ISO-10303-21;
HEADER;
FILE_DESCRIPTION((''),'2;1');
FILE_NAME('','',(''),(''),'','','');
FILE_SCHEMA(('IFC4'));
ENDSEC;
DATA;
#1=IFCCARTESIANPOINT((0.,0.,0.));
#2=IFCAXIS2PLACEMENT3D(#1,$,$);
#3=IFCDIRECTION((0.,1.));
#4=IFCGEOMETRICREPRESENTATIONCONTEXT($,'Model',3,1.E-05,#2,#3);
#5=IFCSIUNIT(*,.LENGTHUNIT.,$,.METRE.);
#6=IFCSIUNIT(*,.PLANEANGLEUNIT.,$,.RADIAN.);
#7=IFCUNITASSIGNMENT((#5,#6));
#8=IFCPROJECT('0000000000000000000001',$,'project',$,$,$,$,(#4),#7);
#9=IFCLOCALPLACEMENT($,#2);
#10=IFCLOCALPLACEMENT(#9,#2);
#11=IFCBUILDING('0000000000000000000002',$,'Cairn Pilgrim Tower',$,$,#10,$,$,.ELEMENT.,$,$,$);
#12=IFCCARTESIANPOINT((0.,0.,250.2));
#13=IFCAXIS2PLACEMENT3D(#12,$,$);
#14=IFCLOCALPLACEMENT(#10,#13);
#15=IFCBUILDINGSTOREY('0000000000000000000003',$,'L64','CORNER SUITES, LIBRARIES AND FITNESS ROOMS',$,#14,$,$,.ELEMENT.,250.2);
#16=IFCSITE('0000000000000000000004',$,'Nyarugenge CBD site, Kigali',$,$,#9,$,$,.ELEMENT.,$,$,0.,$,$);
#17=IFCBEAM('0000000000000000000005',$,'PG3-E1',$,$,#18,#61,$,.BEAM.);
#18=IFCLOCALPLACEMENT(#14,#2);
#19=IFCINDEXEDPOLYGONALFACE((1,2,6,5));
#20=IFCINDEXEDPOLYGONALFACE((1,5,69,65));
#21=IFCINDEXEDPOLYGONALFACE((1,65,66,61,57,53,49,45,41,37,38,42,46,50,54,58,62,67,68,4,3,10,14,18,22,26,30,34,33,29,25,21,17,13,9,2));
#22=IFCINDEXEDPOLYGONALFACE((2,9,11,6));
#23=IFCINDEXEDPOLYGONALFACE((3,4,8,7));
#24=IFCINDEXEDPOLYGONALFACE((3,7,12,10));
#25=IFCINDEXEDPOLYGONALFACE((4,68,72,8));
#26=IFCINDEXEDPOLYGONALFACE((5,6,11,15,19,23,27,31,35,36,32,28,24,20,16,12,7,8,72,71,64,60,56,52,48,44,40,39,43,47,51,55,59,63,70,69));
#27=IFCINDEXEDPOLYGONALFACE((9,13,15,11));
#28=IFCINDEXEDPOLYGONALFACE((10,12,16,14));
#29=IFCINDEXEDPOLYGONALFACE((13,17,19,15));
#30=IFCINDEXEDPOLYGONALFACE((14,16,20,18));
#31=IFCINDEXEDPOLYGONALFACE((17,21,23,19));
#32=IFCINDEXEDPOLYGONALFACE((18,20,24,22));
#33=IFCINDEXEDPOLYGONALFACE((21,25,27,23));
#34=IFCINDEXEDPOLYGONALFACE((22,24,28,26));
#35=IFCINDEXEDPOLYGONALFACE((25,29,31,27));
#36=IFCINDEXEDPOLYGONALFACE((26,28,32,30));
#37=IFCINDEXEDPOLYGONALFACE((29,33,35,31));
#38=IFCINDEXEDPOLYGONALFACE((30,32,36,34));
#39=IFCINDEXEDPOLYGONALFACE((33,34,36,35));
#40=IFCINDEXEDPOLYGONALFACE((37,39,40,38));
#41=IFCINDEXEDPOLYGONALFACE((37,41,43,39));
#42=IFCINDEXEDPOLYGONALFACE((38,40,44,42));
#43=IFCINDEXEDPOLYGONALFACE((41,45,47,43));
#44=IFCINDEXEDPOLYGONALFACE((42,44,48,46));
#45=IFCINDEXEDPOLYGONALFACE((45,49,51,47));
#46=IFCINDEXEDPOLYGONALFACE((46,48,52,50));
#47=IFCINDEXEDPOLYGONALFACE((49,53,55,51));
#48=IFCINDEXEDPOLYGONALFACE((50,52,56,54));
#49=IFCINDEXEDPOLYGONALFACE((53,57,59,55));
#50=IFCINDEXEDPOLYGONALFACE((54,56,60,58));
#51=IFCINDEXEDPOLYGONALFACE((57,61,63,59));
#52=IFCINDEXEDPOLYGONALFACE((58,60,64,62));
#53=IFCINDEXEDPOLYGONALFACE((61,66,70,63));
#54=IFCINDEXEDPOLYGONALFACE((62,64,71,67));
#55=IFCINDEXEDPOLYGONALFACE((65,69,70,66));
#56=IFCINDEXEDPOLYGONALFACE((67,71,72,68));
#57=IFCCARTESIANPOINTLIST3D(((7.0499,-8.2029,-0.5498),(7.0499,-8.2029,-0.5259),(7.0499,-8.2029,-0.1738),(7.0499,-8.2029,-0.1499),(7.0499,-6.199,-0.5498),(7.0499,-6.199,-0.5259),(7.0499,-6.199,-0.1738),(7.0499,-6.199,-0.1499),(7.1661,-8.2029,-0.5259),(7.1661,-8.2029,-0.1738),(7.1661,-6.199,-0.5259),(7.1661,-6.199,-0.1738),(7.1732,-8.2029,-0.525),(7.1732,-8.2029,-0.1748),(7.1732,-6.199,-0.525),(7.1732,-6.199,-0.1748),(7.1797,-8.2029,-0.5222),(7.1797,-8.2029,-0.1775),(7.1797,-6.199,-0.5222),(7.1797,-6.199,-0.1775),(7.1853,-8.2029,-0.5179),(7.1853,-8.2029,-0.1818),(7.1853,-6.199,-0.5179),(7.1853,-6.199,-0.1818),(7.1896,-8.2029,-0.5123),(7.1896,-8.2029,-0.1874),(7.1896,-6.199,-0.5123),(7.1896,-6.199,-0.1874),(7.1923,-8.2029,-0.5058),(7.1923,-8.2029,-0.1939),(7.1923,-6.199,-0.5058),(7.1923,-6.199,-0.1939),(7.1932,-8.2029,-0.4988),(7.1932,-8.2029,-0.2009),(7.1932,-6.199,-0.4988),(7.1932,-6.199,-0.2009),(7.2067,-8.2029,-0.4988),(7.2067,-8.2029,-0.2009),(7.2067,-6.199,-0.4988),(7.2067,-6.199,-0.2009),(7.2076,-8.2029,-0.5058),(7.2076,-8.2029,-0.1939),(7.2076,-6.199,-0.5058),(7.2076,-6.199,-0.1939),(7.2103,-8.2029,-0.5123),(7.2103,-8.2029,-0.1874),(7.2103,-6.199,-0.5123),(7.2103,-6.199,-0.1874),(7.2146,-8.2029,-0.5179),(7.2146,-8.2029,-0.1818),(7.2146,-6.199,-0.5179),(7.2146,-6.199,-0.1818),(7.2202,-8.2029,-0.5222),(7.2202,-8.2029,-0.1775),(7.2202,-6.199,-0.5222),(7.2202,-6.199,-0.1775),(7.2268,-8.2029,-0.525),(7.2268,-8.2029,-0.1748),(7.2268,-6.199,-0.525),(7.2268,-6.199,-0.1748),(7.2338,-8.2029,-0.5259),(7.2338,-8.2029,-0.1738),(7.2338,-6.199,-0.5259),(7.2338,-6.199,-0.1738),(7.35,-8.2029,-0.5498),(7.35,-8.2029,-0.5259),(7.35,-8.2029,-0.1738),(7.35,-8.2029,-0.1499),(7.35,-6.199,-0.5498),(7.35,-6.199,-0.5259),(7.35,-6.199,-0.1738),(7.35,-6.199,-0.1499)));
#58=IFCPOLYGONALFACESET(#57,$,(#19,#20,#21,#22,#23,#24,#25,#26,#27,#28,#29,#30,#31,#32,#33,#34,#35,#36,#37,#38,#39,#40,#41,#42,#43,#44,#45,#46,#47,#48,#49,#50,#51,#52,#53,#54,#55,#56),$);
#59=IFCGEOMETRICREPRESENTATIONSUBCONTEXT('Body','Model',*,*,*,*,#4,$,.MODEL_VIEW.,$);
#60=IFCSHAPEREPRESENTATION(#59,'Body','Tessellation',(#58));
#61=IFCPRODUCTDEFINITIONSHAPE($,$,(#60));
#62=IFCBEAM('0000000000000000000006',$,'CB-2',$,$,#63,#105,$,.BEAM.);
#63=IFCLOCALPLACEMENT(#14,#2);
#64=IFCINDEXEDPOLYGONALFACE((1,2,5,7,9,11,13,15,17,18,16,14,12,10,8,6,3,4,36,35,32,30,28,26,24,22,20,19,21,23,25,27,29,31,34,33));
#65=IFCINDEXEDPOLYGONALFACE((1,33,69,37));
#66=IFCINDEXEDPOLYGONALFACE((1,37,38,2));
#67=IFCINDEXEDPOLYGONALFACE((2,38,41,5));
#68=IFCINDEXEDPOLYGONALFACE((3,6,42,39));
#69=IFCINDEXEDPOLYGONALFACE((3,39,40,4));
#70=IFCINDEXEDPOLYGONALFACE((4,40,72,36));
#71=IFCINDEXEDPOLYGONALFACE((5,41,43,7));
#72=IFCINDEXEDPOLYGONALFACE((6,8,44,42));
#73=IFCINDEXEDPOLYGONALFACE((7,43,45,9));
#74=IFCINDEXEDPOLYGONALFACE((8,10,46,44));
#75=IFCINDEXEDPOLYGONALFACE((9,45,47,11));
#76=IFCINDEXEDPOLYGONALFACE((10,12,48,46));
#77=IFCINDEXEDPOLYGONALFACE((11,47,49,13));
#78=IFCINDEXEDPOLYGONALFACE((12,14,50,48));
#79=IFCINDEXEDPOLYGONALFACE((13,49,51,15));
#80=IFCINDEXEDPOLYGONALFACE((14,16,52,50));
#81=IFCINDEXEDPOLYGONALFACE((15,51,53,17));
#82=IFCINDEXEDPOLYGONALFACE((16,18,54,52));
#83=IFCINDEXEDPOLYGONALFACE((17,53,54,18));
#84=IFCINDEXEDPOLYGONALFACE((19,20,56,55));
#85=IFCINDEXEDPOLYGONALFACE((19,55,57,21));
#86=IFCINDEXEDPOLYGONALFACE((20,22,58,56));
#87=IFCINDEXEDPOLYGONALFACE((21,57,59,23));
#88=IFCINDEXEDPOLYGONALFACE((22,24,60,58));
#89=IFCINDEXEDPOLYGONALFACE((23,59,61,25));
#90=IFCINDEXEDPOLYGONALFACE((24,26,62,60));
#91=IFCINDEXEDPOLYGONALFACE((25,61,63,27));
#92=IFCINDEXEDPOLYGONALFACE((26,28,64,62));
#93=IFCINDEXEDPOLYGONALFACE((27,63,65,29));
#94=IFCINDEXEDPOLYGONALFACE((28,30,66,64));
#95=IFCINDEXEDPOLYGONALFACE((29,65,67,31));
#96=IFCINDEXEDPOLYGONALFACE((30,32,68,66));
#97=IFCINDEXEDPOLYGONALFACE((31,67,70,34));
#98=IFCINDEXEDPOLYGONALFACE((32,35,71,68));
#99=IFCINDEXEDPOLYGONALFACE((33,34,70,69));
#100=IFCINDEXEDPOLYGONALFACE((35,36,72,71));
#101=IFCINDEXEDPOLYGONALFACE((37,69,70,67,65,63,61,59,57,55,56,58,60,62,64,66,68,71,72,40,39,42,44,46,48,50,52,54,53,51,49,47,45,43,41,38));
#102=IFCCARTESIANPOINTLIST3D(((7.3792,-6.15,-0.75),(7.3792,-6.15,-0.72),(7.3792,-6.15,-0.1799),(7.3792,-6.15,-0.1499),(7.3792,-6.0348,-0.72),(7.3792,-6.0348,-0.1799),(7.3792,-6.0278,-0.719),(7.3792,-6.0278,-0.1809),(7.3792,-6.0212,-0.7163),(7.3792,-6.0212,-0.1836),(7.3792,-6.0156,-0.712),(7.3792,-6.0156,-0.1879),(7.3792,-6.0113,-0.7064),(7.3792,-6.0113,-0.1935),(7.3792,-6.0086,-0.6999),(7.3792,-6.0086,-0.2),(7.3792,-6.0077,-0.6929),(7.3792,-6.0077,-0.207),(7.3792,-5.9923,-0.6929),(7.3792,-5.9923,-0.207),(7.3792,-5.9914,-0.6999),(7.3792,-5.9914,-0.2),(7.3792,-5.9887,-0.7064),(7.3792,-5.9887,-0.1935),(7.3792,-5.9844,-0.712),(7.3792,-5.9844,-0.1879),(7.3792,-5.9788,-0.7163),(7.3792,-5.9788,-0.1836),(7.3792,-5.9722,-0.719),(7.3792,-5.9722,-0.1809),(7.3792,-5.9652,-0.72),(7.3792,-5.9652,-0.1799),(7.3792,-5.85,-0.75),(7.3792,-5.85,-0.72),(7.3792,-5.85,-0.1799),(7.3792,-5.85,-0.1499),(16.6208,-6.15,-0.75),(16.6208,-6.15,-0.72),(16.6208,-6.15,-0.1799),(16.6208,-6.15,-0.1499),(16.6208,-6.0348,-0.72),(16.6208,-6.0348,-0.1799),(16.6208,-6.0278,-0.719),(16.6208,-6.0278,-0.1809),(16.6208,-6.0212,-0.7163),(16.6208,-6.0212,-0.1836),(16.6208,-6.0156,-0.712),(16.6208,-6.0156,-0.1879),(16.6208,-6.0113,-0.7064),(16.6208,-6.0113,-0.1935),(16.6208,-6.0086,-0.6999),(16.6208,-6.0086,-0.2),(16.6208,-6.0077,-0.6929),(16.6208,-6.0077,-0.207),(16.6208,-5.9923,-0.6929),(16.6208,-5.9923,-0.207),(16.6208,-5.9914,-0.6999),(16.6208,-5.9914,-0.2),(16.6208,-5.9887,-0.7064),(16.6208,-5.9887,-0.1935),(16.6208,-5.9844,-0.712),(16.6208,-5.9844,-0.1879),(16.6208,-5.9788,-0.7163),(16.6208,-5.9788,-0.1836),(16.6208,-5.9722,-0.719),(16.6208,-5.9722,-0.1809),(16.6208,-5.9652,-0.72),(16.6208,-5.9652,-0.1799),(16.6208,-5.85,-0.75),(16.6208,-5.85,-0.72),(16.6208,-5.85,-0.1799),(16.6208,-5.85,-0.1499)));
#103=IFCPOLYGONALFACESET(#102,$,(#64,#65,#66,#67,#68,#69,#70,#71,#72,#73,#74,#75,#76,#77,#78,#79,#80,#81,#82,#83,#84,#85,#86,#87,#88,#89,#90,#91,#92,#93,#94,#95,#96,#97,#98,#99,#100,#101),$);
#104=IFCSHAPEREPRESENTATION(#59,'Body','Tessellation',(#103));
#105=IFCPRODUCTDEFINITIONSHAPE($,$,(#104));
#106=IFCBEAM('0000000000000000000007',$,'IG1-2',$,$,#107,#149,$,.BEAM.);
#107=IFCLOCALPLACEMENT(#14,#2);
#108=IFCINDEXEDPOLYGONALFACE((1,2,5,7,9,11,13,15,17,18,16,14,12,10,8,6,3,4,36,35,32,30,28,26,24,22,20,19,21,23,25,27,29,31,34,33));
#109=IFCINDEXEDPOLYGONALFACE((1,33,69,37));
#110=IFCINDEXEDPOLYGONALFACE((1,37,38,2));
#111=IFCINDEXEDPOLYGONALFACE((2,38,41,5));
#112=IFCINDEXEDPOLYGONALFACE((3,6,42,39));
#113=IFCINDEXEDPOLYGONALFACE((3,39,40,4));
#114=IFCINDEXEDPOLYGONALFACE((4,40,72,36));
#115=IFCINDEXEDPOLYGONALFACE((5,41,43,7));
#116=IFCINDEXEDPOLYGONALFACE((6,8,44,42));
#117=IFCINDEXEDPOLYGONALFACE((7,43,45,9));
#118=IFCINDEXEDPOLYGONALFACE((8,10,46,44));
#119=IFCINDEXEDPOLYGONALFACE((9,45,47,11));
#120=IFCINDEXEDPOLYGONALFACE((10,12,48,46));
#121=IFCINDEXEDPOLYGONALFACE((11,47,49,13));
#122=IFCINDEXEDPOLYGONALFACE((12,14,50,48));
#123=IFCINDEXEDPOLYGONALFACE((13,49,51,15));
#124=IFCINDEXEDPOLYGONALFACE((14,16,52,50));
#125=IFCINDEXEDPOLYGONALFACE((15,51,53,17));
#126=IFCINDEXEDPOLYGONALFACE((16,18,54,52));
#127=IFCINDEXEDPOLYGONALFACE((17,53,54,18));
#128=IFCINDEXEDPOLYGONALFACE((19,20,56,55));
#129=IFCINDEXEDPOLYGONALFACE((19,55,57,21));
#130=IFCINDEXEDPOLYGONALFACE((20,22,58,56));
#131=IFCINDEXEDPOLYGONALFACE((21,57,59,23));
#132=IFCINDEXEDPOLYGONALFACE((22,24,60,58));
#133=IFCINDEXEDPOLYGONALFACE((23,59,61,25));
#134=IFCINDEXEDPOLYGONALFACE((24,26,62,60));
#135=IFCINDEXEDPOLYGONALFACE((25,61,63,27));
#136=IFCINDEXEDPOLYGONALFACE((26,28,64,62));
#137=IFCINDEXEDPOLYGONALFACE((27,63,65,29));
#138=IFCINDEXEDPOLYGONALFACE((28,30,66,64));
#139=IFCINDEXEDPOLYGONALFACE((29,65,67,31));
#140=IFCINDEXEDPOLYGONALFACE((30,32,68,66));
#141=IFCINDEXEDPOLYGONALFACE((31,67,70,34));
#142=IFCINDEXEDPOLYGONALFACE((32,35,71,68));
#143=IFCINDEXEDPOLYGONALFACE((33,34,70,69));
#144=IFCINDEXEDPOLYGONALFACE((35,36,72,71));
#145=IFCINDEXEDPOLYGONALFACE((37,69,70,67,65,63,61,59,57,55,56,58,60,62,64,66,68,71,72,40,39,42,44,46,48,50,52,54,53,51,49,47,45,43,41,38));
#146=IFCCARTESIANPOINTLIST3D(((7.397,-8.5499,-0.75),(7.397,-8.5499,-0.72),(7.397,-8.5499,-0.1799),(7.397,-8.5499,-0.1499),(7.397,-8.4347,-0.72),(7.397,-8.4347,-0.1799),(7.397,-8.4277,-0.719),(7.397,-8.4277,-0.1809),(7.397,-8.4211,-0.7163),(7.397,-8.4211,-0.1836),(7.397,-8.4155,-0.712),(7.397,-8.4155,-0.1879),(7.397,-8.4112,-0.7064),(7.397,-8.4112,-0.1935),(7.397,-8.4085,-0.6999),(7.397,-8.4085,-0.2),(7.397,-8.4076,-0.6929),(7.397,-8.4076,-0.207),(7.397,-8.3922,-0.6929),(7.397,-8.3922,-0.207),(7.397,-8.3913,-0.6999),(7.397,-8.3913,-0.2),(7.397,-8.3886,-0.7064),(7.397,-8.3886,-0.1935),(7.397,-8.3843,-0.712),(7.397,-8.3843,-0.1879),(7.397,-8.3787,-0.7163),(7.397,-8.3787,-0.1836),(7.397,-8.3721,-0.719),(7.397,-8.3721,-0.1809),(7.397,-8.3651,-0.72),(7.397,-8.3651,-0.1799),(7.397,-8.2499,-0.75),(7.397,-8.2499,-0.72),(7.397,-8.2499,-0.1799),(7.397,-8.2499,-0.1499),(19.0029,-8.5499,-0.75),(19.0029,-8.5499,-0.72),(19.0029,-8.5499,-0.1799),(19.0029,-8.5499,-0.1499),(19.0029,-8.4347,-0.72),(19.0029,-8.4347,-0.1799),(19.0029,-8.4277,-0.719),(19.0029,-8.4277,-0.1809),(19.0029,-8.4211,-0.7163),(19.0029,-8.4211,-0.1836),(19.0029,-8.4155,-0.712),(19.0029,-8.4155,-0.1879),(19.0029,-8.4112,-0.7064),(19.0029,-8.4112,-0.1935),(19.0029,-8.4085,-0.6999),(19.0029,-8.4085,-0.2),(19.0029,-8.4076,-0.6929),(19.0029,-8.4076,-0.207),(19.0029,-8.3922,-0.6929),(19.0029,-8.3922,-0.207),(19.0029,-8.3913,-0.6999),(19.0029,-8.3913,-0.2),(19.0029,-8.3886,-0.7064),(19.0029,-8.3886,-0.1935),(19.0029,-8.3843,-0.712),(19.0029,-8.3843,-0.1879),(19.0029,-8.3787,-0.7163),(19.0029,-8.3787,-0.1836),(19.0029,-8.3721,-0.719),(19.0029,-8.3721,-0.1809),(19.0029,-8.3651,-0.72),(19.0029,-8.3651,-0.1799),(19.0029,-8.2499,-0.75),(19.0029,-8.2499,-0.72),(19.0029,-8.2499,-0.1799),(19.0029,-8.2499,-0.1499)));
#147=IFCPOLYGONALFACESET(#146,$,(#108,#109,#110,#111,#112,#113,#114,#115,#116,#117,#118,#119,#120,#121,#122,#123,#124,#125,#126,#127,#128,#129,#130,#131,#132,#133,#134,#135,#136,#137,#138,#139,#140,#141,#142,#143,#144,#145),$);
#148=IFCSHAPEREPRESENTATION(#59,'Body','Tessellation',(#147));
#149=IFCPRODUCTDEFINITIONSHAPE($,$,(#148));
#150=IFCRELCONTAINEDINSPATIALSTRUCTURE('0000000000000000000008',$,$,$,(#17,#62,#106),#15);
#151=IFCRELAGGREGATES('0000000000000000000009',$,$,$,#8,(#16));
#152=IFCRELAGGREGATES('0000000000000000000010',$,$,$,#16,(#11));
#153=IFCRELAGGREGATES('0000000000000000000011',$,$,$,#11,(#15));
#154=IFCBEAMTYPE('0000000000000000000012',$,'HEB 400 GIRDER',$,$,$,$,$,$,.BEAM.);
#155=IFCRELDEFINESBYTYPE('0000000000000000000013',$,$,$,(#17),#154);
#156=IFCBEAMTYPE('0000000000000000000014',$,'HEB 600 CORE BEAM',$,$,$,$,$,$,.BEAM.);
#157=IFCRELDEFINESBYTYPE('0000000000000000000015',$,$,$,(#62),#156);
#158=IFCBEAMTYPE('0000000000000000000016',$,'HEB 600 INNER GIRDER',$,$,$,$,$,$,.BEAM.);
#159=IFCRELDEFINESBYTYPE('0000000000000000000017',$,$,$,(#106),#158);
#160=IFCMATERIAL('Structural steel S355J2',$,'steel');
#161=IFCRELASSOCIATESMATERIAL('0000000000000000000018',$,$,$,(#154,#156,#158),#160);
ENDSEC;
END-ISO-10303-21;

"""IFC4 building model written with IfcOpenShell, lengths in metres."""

from ifc_helpers import new_model, si_unit, direction, frame, origin, origin_2d, place, context, subcontext, project, spatial, i_section, extrude, material, material_profile, profile_set, type_object, element, save


model = new_model("IFC4")

# Units and contexts
model_context = context("Model", 3, precision=1e-05, world=origin(), true_north=direction((0.0, 1.0)))
body_context = subcontext(model_context, "Body", "Model", "MODEL_VIEW")
ifc_project = project(units=[si_unit("LENGTHUNIT", "METRE"), si_unit("PLANEANGLEUNIT", "RADIAN")], contexts=[model_context])

# Site, building, storey
site_placement = place(None, origin())
site = spatial("IfcSite", under=ifc_project, at=site_placement, Name="Nyarugenge CBD site, Kigali", CompositionType="ELEMENT", RefElevation=0.0)
building_placement = place(site_placement, origin())
building = spatial("IfcBuilding", under=site, at=building_placement, Name="Cairn Pilgrim Tower", CompositionType="ELEMENT")
storey_placement = place(building_placement, frame((0.0, 0.0, 250.2)))
storey = spatial("IfcBuildingStorey", under=building, at=storey_placement, Name="L64", Description="CORNER SUITES, LIBRARIES AND FITNESS ROOMS", CompositionType="ELEMENT", Elevation=250.2)

# Shared definitions
ifc_material_1 = material(Name="Structural steel S355J2", Category="steel")

# Beams
ifc_material_profile_1 = material_profile(ifc_material_1, i_section(OverallWidth=0.3, OverallDepth=0.3999, WebThickness=0.0134, FlangeThickness=0.0239, FilletRadius=0.0271, at=origin_2d()), Name="HEB 400")
ifc_profile_set_1 = profile_set([ifc_material_profile_1], Name="Structural steel S355J2")
beam_type_1 = type_object("IfcBeamType", Name="HEB 400 GIRDER", PredefinedType="BEAM", material=ifc_profile_set_1)
beam_1_placement = place(storey_placement, frame((7.2, -8.2029, -0.3499), z_axis=(0.0, 1.0, 0.0), x_axis=(-1.0, 0.0, 0.0)))
element("IfcBeam", 1, at=beam_1_placement, inside=storey, type_object=beam_type_1, Name="PG3-E1", PredefinedType="BEAM", context=body_context, shape_type="SweptSolid", body=[
    extrude(i_section(OverallWidth=0.3, OverallDepth=0.3999, WebThickness=0.0134, FlangeThickness=0.0239, FilletRadius=0.0271, at=origin_2d()), origin(), (0.0, 0.0, 1.0), 2.0039),
])
ifc_material_profile_2 = material_profile(ifc_material_1, i_section(OverallWidth=0.3, OverallDepth=0.6001, WebThickness=0.0154, FlangeThickness=0.03, FilletRadius=0.0271, at=origin_2d()), Name="HEB 600")
ifc_profile_set_2 = profile_set([ifc_material_profile_2], Name="Structural steel S355J2")
beam_type_2 = type_object("IfcBeamType", Name="HEB 600 CORE BEAM", PredefinedType="BEAM", material=ifc_profile_set_2)
beam_2_placement = place(storey_placement, frame((7.3792, -6.0, -0.45), z_axis=(1.0, 0.0, 0.0), x_axis=(0.0, 1.0, 0.0)))
element("IfcBeam", 2, at=beam_2_placement, inside=storey, type_object=beam_type_2, Name="CB-2", PredefinedType="BEAM", context=body_context, shape_type="SweptSolid", body=[
    extrude(i_section(OverallWidth=0.3, OverallDepth=0.6001, WebThickness=0.0154, FlangeThickness=0.03, FilletRadius=0.0271, at=origin_2d()), origin(), (0.0, 0.0, 1.0), 9.2417),
])
ifc_material_profile_3 = material_profile(ifc_material_1, i_section(OverallWidth=0.3, OverallDepth=0.6001, WebThickness=0.0154, FlangeThickness=0.03, FilletRadius=0.0271, at=origin_2d()), Name="HEB 600")
ifc_profile_set_3 = profile_set([ifc_material_profile_3], Name="Structural steel S355J2")
beam_type_3 = type_object("IfcBeamType", Name="HEB 600 INNER GIRDER", PredefinedType="BEAM", material=ifc_profile_set_3)
beam_3_placement = place(storey_placement, frame((7.397, -8.3999, -0.45), z_axis=(1.0, 0.0, 0.0), x_axis=(0.0, 1.0, 0.0)))
element("IfcBeam", 3, at=beam_3_placement, inside=storey, type_object=beam_type_3, Name="IG1-2", PredefinedType="BEAM", context=body_context, shape_type="SweptSolid", body=[
    extrude(i_section(OverallWidth=0.3, OverallDepth=0.6001, WebThickness=0.0154, FlangeThickness=0.03, FilletRadius=0.0271, at=origin_2d()), origin(), (0.0, 0.0, 1.0), 11.606),
])

save(model, "model.ifc")
